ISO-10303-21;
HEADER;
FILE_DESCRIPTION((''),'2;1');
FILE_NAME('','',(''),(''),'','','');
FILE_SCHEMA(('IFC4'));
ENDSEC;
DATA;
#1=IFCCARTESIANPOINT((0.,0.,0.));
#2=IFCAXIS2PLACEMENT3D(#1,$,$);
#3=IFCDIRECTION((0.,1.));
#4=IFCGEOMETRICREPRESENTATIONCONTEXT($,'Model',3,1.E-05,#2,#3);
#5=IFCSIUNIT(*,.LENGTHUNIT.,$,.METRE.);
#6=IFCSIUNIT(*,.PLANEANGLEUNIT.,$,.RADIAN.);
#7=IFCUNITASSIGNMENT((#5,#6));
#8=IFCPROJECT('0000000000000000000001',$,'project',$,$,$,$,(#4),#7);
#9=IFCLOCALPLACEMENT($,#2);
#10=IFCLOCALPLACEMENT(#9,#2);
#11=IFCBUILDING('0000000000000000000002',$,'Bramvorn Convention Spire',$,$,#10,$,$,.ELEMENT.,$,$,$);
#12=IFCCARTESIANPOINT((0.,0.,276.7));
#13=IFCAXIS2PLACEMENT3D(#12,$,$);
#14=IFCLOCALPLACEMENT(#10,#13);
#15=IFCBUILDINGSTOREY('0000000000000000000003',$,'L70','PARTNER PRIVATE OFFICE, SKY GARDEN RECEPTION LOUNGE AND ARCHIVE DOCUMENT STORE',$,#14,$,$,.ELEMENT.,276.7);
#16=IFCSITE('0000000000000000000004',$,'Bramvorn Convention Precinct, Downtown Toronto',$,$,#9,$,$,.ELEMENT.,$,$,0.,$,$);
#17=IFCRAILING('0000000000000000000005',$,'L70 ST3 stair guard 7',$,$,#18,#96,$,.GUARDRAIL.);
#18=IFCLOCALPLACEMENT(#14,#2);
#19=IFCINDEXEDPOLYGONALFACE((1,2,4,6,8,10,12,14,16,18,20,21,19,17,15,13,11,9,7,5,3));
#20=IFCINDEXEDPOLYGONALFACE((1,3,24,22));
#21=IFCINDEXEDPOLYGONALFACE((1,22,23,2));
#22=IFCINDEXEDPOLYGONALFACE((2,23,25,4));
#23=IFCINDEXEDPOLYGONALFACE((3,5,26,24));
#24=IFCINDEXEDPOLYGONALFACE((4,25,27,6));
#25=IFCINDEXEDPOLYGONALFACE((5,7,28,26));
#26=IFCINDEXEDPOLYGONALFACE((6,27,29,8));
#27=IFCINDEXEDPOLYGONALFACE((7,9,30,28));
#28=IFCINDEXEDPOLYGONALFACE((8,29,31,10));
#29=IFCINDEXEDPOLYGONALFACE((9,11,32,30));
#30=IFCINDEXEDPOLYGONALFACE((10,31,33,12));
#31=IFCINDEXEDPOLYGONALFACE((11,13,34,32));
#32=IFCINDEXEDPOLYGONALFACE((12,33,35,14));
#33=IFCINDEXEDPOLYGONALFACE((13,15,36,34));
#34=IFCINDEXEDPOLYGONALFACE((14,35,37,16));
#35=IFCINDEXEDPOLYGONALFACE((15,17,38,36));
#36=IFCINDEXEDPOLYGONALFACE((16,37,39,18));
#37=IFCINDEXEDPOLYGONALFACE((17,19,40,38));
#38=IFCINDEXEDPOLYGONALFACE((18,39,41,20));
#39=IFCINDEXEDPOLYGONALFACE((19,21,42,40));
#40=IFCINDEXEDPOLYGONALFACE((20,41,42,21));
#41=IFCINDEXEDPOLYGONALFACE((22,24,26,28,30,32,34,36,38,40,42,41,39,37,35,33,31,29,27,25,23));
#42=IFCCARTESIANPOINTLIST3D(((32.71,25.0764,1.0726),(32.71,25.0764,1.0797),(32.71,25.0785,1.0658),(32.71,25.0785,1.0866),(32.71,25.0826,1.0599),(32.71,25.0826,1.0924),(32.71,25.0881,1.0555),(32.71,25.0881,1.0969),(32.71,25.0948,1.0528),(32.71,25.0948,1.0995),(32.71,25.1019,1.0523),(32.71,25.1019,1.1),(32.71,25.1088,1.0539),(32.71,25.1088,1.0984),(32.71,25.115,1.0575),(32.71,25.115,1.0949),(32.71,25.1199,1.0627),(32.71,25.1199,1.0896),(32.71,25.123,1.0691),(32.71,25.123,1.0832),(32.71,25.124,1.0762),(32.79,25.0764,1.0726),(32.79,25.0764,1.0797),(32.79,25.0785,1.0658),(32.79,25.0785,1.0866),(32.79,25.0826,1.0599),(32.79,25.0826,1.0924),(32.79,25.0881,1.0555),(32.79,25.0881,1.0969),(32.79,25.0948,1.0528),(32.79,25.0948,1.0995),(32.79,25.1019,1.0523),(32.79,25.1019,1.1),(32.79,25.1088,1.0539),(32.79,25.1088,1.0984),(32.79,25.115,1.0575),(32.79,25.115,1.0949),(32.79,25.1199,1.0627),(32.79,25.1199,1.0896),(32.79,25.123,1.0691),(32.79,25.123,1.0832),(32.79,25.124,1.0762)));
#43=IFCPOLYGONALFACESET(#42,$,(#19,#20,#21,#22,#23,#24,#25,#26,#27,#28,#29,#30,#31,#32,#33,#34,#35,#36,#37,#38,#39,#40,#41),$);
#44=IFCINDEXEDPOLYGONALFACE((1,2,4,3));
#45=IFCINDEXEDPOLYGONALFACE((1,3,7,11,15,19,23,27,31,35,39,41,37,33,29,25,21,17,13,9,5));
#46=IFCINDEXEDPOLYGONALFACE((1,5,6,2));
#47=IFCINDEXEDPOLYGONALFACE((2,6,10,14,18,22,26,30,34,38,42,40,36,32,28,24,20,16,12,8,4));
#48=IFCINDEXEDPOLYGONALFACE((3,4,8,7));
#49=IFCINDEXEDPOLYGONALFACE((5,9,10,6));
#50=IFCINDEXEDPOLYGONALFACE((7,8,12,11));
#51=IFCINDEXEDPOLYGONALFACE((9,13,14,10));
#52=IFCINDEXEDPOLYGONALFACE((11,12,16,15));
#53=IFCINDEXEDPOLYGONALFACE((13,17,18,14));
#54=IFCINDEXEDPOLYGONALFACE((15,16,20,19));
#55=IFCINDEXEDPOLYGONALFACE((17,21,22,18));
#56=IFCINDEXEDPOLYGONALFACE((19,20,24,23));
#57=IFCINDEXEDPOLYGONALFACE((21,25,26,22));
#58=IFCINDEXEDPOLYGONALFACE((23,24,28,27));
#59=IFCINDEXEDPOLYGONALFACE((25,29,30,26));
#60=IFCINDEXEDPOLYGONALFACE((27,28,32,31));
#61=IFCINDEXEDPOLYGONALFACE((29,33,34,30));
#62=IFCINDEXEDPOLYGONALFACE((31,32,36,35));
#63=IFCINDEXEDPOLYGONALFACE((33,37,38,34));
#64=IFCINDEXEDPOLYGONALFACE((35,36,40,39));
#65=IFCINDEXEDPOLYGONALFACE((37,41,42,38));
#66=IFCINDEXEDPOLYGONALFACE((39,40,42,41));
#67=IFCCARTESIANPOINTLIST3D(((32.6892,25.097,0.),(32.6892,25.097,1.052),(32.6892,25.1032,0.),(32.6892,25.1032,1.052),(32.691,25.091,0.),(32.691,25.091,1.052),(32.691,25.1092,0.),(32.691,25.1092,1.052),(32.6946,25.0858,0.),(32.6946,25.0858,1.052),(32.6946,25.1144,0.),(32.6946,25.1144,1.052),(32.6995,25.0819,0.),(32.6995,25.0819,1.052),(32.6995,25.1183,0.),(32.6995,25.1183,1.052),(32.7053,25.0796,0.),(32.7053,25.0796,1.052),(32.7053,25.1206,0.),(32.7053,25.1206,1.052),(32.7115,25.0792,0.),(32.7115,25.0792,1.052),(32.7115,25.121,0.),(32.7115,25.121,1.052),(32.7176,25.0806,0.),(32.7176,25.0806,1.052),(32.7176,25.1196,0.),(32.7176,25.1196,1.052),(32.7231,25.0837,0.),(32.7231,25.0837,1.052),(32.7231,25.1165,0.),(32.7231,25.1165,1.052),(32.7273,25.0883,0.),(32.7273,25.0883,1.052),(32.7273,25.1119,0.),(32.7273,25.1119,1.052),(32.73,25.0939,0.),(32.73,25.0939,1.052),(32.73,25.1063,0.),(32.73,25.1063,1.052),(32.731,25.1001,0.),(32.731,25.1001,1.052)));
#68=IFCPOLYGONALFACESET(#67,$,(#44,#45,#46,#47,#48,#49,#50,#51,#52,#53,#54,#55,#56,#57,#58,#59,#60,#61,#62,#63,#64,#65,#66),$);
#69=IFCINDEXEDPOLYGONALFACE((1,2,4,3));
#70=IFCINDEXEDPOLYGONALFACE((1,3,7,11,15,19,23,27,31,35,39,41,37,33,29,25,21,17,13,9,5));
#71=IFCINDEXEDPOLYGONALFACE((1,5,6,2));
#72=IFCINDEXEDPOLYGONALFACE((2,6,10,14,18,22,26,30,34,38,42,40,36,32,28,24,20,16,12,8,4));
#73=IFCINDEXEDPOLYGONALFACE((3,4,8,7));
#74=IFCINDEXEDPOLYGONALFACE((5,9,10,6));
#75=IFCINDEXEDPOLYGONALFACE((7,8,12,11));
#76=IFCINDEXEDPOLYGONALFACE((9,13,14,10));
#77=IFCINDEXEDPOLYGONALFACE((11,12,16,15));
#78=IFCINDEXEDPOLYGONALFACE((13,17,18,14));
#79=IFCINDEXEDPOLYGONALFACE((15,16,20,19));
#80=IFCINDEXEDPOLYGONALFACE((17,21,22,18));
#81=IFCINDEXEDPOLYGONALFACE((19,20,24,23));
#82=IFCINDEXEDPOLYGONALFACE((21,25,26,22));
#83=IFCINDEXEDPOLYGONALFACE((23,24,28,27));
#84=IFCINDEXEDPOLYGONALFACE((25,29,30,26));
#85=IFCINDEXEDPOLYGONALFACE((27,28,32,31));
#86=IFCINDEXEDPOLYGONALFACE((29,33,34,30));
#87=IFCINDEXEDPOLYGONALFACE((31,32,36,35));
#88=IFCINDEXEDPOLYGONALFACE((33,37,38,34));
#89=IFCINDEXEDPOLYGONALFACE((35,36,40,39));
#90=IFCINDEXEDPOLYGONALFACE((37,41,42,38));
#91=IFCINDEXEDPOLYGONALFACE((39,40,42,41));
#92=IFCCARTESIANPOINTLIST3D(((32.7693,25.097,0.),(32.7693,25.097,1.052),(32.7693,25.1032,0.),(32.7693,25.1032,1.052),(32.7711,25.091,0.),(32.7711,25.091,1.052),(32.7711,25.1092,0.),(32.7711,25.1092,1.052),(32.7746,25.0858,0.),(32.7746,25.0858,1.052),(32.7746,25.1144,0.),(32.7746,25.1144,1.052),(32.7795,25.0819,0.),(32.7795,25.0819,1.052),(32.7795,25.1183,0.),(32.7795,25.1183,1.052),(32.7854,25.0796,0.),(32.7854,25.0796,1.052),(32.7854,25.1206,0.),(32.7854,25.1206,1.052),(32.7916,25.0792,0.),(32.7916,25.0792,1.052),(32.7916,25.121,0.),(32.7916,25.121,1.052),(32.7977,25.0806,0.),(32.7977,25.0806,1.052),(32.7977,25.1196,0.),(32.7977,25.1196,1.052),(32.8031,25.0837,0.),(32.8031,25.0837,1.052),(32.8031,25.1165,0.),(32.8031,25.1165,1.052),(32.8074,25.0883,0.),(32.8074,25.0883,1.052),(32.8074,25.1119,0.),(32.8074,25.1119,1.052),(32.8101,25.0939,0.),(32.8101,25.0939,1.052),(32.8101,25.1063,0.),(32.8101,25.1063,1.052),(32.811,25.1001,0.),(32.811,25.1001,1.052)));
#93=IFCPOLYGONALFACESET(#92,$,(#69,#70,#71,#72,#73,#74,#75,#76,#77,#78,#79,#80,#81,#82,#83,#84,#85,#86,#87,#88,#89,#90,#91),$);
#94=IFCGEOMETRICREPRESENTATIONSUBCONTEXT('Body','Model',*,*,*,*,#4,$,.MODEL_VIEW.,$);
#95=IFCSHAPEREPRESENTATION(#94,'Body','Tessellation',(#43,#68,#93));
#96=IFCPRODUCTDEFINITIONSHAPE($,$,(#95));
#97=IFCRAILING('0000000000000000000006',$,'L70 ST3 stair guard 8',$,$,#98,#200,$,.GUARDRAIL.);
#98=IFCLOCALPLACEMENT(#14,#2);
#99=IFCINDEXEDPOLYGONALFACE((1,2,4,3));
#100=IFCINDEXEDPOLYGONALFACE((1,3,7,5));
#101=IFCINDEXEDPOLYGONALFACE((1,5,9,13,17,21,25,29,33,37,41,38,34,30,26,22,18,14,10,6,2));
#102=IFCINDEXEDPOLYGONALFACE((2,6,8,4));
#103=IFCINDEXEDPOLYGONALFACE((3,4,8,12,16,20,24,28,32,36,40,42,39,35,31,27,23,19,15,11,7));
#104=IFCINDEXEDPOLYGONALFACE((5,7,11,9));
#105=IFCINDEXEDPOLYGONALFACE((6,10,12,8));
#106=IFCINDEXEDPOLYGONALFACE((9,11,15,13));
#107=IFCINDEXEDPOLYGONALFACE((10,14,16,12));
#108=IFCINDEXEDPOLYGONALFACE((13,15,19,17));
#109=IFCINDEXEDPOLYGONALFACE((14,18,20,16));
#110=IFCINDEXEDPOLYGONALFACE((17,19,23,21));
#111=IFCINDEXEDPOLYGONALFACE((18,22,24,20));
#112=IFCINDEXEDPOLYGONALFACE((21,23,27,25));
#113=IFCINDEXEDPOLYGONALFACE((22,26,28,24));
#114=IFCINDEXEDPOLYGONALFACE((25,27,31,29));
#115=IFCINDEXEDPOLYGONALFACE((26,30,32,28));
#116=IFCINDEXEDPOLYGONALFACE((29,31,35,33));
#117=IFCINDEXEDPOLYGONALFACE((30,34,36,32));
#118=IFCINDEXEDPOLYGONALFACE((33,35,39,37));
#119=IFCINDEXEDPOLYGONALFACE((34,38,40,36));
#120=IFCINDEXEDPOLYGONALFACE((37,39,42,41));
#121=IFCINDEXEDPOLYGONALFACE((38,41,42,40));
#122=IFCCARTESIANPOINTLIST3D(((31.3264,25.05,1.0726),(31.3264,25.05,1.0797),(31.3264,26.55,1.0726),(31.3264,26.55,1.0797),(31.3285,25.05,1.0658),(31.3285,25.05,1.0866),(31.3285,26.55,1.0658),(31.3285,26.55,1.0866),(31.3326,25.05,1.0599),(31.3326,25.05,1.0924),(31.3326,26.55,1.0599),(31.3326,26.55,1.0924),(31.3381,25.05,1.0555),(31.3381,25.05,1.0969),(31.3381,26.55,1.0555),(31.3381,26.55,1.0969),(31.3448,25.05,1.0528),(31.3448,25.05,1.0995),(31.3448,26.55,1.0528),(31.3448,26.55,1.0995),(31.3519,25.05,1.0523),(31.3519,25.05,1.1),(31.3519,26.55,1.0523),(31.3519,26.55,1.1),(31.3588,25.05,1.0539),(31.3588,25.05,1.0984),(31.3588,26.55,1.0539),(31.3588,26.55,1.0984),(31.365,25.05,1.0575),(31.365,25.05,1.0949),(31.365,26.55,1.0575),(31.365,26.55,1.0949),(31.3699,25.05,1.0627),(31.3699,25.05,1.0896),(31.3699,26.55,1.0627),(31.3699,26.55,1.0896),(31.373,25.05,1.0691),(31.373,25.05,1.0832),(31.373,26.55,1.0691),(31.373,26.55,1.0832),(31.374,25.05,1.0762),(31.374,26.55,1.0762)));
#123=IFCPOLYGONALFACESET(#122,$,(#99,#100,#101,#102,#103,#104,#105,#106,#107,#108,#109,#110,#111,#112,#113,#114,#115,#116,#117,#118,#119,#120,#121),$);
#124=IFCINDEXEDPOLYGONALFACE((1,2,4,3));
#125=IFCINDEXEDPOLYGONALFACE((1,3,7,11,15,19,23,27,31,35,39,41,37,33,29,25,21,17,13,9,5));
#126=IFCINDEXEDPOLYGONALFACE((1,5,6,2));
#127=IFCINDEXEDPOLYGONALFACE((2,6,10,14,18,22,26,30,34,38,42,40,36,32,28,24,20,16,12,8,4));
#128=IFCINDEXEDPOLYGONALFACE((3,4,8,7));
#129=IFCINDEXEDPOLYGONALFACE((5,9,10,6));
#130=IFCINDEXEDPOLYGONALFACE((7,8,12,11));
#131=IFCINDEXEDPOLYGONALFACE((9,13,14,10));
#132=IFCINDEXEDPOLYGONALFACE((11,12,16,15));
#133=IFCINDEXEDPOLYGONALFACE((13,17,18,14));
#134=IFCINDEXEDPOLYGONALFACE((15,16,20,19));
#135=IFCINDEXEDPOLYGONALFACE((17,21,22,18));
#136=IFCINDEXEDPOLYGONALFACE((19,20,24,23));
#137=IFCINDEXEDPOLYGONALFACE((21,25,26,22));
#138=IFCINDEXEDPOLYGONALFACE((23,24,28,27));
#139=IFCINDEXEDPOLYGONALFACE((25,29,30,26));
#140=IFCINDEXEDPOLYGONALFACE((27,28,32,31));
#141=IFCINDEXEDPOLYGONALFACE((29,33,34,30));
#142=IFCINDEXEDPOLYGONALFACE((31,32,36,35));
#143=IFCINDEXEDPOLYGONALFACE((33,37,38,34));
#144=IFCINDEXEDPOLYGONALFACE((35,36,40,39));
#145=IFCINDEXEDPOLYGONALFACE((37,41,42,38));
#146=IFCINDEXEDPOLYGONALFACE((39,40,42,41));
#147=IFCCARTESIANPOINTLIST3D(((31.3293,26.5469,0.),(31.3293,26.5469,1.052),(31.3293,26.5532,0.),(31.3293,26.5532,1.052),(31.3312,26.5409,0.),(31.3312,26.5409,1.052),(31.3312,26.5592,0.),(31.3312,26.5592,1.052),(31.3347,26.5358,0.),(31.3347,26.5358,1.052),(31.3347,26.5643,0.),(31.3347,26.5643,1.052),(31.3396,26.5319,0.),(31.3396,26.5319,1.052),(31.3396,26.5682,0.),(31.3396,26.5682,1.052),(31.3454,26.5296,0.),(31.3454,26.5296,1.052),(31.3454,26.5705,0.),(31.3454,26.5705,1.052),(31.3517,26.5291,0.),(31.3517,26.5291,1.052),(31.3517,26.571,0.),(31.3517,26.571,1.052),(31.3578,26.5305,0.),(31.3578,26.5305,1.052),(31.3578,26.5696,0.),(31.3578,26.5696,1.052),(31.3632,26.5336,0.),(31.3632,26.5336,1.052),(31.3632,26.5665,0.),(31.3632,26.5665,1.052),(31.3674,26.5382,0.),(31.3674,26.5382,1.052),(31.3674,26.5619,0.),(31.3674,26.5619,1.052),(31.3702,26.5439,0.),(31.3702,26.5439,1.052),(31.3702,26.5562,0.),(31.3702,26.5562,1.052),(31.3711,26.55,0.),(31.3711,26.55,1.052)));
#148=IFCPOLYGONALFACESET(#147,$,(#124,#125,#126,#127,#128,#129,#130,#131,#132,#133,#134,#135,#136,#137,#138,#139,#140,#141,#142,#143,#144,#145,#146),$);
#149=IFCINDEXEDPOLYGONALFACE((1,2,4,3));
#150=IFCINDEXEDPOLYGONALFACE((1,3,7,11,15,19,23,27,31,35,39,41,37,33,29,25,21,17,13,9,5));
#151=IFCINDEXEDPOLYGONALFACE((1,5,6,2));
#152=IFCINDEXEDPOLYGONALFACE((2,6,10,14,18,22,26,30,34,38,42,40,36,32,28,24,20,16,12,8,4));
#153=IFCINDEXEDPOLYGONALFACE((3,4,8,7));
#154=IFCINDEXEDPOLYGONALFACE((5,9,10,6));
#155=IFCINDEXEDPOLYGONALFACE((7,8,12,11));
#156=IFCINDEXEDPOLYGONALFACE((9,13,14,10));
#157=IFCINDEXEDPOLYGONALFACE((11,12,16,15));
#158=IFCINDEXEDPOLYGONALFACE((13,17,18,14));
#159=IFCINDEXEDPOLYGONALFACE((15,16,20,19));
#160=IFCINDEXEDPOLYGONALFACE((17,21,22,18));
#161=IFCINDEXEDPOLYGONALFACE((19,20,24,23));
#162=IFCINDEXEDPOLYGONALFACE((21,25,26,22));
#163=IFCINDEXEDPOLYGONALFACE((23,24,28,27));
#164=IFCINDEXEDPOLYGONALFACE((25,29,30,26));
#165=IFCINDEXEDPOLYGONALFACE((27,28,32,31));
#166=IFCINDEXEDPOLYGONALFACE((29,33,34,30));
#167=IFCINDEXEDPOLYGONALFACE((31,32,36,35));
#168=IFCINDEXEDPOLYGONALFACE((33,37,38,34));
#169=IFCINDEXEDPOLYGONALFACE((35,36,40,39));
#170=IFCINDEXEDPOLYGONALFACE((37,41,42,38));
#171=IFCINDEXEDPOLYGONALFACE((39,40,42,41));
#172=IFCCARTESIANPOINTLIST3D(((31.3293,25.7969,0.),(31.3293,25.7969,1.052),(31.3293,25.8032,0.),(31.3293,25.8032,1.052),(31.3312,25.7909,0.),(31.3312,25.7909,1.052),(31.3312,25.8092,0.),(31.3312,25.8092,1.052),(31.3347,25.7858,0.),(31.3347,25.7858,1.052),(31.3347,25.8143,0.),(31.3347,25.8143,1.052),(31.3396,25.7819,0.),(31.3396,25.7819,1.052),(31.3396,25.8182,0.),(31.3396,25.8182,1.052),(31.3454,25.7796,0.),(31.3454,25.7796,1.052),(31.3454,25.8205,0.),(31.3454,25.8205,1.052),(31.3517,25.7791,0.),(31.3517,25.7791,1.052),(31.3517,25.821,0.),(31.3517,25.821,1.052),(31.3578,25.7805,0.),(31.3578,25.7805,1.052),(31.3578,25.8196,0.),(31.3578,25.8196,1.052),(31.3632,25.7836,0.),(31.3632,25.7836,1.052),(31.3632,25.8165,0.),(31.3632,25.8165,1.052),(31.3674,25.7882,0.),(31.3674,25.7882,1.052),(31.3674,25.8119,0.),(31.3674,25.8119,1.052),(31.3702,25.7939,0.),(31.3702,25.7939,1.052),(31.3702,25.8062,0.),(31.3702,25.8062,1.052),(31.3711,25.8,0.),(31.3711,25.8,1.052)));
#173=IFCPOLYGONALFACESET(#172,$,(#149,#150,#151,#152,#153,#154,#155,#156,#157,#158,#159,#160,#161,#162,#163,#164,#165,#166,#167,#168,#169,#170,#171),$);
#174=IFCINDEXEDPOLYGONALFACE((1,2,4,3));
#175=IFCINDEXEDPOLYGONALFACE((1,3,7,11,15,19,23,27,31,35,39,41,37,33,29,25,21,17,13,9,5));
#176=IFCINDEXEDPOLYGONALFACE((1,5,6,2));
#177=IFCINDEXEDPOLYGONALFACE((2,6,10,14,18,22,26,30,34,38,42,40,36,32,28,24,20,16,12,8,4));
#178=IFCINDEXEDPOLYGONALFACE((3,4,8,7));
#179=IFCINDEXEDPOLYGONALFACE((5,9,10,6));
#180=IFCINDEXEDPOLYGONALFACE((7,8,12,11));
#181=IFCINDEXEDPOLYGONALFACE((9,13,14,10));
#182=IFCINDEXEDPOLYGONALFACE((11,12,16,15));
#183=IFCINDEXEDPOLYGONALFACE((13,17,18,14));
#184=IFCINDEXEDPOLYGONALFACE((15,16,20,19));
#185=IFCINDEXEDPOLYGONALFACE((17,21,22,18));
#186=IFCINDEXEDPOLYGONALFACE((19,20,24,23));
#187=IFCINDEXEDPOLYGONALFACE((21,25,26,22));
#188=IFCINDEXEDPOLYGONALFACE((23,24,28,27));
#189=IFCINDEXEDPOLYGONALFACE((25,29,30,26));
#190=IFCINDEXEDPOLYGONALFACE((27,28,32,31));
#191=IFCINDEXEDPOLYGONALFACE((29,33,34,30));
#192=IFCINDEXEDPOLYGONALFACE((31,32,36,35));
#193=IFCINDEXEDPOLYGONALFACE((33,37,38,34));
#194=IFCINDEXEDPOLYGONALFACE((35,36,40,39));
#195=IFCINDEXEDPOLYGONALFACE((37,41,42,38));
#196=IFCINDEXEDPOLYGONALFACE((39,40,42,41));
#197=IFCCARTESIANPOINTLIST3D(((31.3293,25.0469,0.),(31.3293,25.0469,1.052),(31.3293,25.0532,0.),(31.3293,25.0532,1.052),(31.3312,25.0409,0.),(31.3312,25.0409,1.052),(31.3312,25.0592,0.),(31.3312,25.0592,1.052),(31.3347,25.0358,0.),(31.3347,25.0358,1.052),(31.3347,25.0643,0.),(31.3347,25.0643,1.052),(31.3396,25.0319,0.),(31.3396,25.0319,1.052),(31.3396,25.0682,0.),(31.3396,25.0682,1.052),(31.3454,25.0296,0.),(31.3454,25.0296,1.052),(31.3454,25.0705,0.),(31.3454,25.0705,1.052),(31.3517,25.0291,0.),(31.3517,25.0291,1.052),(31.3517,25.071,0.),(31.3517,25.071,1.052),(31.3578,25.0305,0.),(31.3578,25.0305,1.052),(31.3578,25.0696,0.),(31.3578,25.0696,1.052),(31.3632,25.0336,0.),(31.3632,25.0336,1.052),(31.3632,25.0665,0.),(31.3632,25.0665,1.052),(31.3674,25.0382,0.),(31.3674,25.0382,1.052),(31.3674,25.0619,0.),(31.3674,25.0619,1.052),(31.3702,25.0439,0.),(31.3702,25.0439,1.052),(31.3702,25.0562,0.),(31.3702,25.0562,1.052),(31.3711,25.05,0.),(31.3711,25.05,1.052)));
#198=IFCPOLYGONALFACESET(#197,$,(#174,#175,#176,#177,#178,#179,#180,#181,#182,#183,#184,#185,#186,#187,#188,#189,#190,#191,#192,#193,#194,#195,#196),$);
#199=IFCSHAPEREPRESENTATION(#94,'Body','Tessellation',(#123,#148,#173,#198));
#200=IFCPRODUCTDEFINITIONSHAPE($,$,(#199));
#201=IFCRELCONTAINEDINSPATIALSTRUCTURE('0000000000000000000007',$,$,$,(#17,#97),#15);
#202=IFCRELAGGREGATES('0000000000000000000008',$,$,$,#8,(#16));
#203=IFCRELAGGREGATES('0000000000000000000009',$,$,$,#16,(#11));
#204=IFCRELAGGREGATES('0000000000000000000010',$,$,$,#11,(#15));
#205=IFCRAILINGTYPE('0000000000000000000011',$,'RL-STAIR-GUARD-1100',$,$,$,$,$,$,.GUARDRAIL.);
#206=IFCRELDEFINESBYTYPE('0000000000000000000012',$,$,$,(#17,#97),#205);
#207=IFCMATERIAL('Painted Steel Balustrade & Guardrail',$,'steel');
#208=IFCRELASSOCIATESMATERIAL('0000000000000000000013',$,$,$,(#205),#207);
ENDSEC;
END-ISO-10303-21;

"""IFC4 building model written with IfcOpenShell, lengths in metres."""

from ifc_helpers import new_model, si_unit, direction, frame, origin, origin_2d, place, context, subcontext, project, spatial, circle, extrude, material, type_object, element, save


model = new_model("IFC4")

# Units and contexts
model_context = context("Model", 3, precision=1e-05, world=origin(), true_north=direction((0.0, 1.0)))
body_context = subcontext(model_context, "Body", "Model", "MODEL_VIEW")
ifc_project = project(units=[si_unit("LENGTHUNIT", "METRE"), si_unit("PLANEANGLEUNIT", "RADIAN")], contexts=[model_context])

# Site, building, storey
site_placement = place(None, origin())
site = spatial("IfcSite", under=ifc_project, at=site_placement, Name="Bramvorn Convention Precinct, Downtown Toronto", CompositionType="ELEMENT", RefElevation=0.0)
building_placement = place(site_placement, origin())
building = spatial("IfcBuilding", under=site, at=building_placement, Name="Bramvorn Convention Spire", CompositionType="ELEMENT")
storey_placement = place(building_placement, frame((0.0, 0.0, 276.7)))
storey = spatial("IfcBuildingStorey", under=building, at=storey_placement, Name="L70", Description="PARTNER PRIVATE OFFICE, SKY GARDEN RECEPTION LOUNGE AND ARCHIVE DOCUMENT STORE", CompositionType="ELEMENT", Elevation=276.7)

# Railings
ifc_material_1 = material(Name="Painted Steel Balustrade & Guardrail", Category="steel")
railing_type_1 = type_object("IfcRailingType", Name="RL-STAIR-GUARD-1100", PredefinedType="GUARDRAIL", material=ifc_material_1)
railing_1_placement = place(storey_placement, frame((32.71, 25.1001, 0.0)))
element("IfcRailing", 1, at=railing_1_placement, inside=storey, type_object=railing_type_1, Name="L70 ST3 stair guard 7", PredefinedType="GUARDRAIL", context=body_context, shape_type="SweptSolid", body=[
    extrude(circle(Radius=0.0239, at=origin_2d()), frame((0.0, 0.0, 1.0762), z_axis=(1.0, 0.0, 0.0), x_axis=(0.0, 1.0, 0.0)), (0.0, 0.0, 1.0), 0.0801),
    extrude(circle(Radius=0.021, at=origin_2d()), origin(), (0.0, 0.0, 1.0), 1.052),
    extrude(circle(Radius=0.021, at=origin_2d()), frame((0.0801, 0.0, 0.0)), (0.0, 0.0, 1.0), 1.052),
])
for number, where, name in (
    (2, (31.3501, 26.55, 0.0), "L70 ST3 stair guard 8"),
):
    element("IfcRailing", number, at=place(storey_placement, frame(where)), inside=storey, type_object=railing_type_1, Name=name, PredefinedType="GUARDRAIL", context=body_context, shape_type="SweptSolid", body=[
        extrude(circle(Radius=0.0239, at=origin_2d()), frame((0.0, 0.0, 1.0762), z_axis=(0.0, -1.0, 0.0), x_axis=(1.0, 0.0, 0.0)), (0.0, 0.0, 1.0), 1.5),
        extrude(circle(Radius=0.021, at=origin_2d()), origin(), (0.0, 0.0, 1.0), 1.052),
        extrude(circle(Radius=0.021, at=origin_2d()), frame((0.0, -0.75, 0.0)), (0.0, 0.0, 1.0), 1.052),
        extrude(circle(Radius=0.021, at=origin_2d()), frame((0.0, -1.5, 0.0)), (0.0, 0.0, 1.0), 1.052),
    ])

save(model, "model.ifc")
